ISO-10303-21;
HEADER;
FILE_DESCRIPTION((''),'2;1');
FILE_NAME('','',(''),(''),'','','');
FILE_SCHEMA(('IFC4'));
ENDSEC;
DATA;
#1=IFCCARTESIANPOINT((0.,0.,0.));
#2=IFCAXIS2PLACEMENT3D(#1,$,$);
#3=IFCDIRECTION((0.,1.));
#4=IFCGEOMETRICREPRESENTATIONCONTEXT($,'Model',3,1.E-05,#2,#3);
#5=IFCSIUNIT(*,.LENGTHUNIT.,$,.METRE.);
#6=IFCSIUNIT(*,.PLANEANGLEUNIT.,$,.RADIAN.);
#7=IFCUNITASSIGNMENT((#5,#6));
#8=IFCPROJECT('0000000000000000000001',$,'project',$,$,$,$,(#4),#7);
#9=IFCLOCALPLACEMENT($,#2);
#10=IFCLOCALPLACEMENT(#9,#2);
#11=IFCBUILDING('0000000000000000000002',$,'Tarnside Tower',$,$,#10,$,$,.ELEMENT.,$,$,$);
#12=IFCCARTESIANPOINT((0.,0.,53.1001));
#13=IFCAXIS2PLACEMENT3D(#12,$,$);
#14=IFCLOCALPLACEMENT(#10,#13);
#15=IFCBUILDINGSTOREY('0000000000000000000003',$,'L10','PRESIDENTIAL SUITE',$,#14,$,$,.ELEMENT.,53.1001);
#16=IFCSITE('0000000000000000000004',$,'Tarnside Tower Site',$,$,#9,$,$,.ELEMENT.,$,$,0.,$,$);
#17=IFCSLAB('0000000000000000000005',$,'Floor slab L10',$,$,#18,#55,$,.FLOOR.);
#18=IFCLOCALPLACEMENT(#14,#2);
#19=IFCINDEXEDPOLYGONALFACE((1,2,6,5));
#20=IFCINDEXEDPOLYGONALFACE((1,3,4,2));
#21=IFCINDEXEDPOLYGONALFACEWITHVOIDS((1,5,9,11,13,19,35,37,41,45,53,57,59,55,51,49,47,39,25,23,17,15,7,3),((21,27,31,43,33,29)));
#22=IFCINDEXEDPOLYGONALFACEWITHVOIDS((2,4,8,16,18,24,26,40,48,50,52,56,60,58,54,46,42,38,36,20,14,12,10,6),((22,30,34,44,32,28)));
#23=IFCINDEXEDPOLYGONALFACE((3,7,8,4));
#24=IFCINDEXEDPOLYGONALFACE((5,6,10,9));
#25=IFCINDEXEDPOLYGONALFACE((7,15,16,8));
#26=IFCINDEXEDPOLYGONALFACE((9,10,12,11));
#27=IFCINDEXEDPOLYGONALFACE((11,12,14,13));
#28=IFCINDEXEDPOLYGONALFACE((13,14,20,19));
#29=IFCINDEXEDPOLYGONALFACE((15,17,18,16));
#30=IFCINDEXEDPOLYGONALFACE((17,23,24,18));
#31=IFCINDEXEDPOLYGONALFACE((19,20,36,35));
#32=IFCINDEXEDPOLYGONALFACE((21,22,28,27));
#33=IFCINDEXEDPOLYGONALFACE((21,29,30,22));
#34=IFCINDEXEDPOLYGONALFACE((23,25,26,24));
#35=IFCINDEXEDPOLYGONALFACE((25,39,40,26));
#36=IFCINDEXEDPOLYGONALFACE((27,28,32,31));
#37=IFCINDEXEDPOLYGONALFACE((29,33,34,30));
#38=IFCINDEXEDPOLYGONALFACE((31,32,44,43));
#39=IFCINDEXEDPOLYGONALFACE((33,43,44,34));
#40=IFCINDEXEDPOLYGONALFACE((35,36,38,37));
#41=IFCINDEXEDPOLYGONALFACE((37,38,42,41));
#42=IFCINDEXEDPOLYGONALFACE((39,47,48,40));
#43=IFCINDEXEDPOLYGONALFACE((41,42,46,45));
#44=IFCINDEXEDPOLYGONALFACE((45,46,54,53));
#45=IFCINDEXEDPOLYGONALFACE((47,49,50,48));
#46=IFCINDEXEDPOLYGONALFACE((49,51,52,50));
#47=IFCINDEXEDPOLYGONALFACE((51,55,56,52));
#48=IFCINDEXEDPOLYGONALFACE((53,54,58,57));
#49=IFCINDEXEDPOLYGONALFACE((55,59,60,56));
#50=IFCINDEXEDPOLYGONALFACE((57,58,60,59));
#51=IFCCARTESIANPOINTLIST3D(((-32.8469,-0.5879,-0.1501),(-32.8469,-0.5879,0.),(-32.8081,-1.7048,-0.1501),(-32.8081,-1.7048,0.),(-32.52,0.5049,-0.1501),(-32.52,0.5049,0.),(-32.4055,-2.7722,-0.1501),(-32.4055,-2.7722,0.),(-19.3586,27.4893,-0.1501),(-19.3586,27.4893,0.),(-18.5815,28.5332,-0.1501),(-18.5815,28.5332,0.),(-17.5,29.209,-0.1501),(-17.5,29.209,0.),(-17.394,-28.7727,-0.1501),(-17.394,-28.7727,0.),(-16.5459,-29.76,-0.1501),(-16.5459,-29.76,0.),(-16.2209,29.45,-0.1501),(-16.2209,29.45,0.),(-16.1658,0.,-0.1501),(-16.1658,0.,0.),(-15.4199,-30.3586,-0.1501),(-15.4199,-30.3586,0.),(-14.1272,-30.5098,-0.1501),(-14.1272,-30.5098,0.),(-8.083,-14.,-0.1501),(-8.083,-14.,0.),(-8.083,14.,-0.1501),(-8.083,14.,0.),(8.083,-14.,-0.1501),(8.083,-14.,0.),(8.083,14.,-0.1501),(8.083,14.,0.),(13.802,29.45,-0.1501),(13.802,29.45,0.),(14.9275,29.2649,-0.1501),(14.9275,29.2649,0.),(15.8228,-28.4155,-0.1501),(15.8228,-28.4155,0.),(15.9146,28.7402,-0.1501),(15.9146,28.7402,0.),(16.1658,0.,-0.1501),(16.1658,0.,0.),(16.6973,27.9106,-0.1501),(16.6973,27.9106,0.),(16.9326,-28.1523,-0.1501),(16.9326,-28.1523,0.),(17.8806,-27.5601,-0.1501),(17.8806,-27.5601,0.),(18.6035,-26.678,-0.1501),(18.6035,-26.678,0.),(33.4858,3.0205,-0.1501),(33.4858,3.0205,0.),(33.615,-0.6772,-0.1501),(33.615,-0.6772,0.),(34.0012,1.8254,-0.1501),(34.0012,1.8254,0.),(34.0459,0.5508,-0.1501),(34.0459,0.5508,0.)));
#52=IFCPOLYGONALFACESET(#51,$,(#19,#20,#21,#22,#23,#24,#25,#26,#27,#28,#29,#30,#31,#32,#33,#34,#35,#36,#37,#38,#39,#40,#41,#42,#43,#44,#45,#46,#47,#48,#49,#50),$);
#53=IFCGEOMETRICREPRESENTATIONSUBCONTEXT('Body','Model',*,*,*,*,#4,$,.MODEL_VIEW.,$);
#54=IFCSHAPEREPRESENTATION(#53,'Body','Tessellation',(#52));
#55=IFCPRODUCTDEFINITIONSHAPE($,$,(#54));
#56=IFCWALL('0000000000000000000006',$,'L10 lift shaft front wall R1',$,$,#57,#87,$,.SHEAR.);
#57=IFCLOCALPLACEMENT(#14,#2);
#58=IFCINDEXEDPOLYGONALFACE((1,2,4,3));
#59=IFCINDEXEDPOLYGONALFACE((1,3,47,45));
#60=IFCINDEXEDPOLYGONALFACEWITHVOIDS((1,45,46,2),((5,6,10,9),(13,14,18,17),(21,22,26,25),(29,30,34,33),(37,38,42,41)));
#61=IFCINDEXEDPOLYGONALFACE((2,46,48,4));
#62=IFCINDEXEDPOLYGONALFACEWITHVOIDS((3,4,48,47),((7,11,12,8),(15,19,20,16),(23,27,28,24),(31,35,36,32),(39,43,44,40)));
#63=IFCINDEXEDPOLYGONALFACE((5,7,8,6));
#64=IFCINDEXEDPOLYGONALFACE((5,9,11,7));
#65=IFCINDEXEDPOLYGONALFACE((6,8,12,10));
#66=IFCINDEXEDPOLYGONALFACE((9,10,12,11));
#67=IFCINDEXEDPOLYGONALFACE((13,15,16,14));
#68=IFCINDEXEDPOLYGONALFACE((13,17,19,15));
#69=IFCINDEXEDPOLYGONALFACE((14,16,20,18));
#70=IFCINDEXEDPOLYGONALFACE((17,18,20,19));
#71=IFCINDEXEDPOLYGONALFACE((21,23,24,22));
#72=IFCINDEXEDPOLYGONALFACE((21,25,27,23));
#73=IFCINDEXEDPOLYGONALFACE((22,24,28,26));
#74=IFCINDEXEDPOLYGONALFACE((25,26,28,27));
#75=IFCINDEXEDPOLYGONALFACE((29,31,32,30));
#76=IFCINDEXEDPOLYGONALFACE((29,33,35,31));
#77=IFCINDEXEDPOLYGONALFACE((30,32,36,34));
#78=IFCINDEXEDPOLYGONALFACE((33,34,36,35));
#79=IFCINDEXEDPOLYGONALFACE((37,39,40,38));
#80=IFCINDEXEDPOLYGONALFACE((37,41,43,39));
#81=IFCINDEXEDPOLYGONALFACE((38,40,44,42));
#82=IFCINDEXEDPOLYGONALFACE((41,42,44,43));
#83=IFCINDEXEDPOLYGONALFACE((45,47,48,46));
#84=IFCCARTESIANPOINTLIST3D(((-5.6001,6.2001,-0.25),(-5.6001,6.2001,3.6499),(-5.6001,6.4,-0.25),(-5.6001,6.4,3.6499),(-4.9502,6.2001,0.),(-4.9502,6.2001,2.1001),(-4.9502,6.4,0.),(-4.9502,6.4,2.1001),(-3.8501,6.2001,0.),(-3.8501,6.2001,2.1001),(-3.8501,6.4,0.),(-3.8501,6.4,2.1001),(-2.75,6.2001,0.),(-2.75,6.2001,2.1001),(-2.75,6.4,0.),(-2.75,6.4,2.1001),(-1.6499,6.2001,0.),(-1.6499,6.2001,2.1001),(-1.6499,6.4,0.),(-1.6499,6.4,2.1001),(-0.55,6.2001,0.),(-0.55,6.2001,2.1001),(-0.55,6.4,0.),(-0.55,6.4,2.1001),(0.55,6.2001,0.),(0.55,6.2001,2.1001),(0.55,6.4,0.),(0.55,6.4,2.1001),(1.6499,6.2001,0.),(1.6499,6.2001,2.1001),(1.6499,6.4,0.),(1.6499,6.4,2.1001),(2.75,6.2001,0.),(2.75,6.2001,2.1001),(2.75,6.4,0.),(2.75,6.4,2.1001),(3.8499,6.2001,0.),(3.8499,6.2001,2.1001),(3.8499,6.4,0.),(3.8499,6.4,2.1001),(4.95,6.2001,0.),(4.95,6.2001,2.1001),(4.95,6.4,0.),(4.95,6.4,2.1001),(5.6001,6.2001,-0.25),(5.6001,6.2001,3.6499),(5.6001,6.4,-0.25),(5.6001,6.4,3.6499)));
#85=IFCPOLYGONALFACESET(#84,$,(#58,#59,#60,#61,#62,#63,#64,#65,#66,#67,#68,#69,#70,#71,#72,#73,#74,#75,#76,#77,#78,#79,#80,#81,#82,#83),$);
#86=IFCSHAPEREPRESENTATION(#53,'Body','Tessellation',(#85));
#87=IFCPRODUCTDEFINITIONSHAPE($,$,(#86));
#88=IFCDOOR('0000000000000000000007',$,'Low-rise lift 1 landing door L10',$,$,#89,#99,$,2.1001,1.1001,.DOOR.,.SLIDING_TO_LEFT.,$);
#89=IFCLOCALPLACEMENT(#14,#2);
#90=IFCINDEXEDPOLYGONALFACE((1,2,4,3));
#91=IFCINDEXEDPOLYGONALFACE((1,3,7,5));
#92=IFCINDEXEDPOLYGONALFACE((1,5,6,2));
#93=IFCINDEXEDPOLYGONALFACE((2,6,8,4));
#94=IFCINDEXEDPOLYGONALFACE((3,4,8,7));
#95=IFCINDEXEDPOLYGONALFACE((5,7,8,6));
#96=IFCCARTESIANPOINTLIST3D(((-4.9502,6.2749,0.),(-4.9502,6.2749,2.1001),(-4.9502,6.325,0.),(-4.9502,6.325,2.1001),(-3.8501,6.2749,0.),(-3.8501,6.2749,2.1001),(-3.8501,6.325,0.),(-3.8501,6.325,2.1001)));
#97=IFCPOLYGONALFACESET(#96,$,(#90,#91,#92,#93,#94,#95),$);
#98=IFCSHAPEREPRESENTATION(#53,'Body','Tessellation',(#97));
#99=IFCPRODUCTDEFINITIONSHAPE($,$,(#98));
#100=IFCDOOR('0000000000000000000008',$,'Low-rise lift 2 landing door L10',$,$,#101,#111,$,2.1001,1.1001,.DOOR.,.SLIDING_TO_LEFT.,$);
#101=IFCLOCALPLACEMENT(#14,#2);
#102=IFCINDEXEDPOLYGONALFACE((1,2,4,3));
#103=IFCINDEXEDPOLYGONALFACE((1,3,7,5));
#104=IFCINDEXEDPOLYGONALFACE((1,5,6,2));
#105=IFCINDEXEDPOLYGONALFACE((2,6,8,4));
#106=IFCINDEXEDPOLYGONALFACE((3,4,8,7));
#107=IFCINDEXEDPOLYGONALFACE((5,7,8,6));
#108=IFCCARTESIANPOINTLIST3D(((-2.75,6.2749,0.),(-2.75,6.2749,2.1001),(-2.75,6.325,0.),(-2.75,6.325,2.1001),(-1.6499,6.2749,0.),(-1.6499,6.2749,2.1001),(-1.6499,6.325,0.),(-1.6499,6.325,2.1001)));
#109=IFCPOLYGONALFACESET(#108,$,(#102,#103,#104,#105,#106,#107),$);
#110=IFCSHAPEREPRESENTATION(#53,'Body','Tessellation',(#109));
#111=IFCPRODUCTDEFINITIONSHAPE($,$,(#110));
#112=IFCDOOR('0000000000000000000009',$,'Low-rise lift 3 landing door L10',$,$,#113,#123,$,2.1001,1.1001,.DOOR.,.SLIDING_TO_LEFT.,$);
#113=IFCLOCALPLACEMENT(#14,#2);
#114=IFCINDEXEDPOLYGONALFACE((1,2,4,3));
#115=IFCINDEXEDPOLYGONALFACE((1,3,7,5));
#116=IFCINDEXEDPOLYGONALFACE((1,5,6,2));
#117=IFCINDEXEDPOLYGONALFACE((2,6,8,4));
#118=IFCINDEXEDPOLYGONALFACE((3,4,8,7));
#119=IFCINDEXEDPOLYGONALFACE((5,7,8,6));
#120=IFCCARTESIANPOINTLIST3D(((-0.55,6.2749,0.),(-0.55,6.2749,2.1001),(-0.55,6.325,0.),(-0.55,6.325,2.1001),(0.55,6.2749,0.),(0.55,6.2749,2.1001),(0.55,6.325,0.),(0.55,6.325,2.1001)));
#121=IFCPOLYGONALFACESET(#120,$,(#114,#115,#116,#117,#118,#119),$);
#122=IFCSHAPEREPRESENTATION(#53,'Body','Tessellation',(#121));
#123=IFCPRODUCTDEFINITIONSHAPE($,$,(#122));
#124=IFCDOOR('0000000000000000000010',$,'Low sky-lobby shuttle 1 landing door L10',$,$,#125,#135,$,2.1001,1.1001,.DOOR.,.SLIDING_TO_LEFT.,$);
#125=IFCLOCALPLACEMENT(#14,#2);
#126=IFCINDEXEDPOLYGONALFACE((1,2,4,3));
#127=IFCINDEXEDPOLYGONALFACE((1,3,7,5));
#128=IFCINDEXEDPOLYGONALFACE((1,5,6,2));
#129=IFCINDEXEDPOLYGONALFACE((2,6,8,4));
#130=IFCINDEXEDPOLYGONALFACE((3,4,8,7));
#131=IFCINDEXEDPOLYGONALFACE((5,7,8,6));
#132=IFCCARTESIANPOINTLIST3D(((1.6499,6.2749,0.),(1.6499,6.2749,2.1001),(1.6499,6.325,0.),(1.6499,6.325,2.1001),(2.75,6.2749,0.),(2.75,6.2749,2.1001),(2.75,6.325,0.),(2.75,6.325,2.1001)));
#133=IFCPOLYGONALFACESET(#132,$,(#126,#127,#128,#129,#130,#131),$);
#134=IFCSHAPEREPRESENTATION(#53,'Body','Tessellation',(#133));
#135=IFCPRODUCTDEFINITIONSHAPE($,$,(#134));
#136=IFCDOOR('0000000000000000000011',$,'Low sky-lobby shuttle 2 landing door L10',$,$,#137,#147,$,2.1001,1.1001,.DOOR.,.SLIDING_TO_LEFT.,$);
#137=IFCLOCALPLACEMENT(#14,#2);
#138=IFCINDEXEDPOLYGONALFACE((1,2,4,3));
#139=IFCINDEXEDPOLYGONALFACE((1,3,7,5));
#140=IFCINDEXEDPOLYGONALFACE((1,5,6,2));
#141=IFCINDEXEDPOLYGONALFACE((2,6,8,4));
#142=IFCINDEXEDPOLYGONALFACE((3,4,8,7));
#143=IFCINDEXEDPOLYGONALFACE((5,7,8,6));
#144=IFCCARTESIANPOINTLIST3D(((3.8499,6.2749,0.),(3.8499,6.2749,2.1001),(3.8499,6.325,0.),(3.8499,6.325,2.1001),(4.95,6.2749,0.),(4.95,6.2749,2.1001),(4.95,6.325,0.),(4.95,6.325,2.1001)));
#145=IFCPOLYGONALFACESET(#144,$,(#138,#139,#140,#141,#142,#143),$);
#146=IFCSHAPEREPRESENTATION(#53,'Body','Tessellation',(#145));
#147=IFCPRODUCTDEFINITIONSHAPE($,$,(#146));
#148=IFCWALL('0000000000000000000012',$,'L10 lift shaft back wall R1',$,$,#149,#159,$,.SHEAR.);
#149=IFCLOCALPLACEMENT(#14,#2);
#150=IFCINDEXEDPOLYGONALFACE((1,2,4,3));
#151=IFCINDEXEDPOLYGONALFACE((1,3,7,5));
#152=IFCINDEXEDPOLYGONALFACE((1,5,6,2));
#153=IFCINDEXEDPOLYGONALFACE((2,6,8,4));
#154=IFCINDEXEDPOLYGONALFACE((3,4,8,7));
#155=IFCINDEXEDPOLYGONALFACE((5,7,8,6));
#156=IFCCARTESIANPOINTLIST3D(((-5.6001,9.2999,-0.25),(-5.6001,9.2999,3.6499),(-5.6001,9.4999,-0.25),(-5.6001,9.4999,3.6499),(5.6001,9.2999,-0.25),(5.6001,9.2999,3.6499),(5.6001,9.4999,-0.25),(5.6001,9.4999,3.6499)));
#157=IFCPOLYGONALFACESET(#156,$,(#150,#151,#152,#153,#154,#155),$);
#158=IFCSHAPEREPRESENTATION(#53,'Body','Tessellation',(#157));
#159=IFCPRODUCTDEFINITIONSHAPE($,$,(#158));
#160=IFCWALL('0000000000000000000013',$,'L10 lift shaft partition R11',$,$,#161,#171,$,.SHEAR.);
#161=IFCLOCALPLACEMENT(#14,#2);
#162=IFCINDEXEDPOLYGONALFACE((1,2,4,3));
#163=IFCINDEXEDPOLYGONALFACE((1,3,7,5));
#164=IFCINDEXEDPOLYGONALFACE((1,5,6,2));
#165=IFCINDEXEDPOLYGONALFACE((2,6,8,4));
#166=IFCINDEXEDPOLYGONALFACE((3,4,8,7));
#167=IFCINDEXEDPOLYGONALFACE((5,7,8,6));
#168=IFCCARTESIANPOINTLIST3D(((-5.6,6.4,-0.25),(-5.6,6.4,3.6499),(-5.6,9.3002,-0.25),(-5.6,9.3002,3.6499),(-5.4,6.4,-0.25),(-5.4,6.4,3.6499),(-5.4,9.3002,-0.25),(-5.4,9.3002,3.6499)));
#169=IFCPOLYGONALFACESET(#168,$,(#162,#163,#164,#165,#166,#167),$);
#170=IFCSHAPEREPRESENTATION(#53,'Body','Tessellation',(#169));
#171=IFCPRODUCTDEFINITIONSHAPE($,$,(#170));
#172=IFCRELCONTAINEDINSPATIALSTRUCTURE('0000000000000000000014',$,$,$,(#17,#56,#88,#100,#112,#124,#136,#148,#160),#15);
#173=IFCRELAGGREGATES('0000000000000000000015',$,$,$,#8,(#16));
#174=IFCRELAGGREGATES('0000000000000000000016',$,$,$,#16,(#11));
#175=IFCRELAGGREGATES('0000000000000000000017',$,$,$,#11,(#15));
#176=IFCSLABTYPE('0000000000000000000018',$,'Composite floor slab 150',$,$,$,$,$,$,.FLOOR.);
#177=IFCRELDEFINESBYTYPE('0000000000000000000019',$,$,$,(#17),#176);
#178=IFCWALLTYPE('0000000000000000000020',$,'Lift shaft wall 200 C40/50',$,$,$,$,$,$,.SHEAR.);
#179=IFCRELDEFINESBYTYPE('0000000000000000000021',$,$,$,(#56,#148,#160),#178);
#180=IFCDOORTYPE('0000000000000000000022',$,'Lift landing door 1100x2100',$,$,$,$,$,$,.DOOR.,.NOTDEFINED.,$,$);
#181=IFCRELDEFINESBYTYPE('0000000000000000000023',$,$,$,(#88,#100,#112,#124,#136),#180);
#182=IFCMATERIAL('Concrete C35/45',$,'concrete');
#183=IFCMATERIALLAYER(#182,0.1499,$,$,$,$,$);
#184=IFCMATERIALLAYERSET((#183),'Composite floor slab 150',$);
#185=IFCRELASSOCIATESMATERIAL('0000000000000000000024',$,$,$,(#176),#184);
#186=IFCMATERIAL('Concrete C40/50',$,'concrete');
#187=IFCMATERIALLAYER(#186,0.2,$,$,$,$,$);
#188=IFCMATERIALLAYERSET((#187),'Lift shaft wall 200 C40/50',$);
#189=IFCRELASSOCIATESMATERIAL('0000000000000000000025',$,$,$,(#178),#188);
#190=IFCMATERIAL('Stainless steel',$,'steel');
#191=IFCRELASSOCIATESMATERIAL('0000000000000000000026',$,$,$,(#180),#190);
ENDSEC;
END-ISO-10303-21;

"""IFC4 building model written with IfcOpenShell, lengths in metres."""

from ifc_helpers import new_model, si_unit, direction, frame, frame_2d, origin, place, context, subcontext, project, spatial, polyline, rectangle, outline, extrude, material, layer, layer_set, type_object, element, fill, save


model = new_model("IFC4")

# Units and contexts
model_context = context("Model", 3, precision=1e-05, world=origin(), true_north=direction((0.0, 1.0)))
body_context = subcontext(model_context, "Body", "Model", "MODEL_VIEW")
ifc_project = project(units=[si_unit("LENGTHUNIT", "METRE"), si_unit("PLANEANGLEUNIT", "RADIAN")], contexts=[model_context])

# Site, building, storey
site_placement = place(None, origin())
site = spatial("IfcSite", under=ifc_project, at=site_placement, Name="Tarnside Tower Site", CompositionType="ELEMENT", RefElevation=0.0)
building_placement = place(site_placement, origin())
building = spatial("IfcBuilding", under=site, at=building_placement, Name="Tarnside Tower", CompositionType="ELEMENT")
storey_placement = place(building_placement, frame((0.0, 0.0, 53.1001)))
storey = spatial("IfcBuildingStorey", under=building, at=storey_placement, Name="L10", Description="PRESIDENTIAL SUITE", CompositionType="ELEMENT", Elevation=53.1001)

# Slab
ifc_material_1 = material(Name="Concrete C35/45", Category="concrete")
ifc_layer_1 = layer(ifc_material_1, 0.1499)
ifc_layer_set_1 = layer_set([ifc_layer_1], Name="Composite floor slab 150")
slab_type = type_object("IfcSlabType", Name="Composite floor slab 150", PredefinedType="FLOOR", material=ifc_layer_set_1)
slab_placement = place(storey_placement, frame((0.0, 0.0, -0.1501)))
element("IfcSlab", 1, at=slab_placement, inside=storey, type_object=slab_type, Name="Floor slab L10", PredefinedType="FLOOR", context=body_context, shape_type="SweptSolid", body=[
    extrude(outline(polyline([(14.9275, 29.2649), (15.9146, 28.7402), (16.6973, 27.9106), (33.4858, 3.0205), (34.0012, 1.8254), (34.0459, 0.5508), (33.615, -0.6772), (18.6035, -26.678), (17.8806, -27.5601), (16.9326, -28.1523), (15.8228, -28.4155), (-14.1272, -30.5098), (-15.4199, -30.3586), (-16.5459, -29.76), (-17.394, -28.7727), (-32.4055, -2.7722), (-32.8081, -1.7048), (-32.8469, -0.5879), (-32.52, 0.5049), (-19.3586, 27.4893), (-18.5815, 28.5332), (-17.5, 29.209), (-16.2209, 29.45), (13.802, 29.45), (14.9275, 29.2649)]), holes=[polyline([(-16.1658, 0.0), (-8.083, -14.0), (8.083, -14.0), (16.1658, 0.0), (8.083, 14.0), (-8.083, 14.0), (-16.1658, 0.0)])]), origin(), (0.0, 0.0, 1.0), 0.1501),
])

# Wall, openings, doors
ifc_material_2 = material(Name="Concrete C40/50", Category="concrete")
ifc_layer_2 = layer(ifc_material_2, 0.2)
ifc_layer_set_2 = layer_set([ifc_layer_2], Name="Lift shaft wall 200 C40/50")
wall_type = type_object("IfcWallType", Name="Lift shaft wall 200 C40/50", PredefinedType="SHEAR", material=ifc_layer_set_2)
wall_1_placement = place(storey_placement, frame((-5.6001, 6.3, -0.25), z_axis=(0.0, 0.0, 1.0), x_axis=(1.0, 0.0, 0.0)))
wall_1 = element("IfcWall", 2, at=wall_1_placement, inside=storey, type_object=wall_type, Name="L10 lift shaft front wall R1", PredefinedType="SHEAR", context=body_context, shape_type="SweptSolid", body=[
    extrude(rectangle(XDim=11.2002, YDim=0.2, at=frame_2d((5.6001, 0.0))), origin(), (0.0, 0.0, 1.0), 3.8999),
])
opening_1_placement = place(wall_1_placement, frame((0.6499, 0.0, 0.25)))
opening_1 = element("IfcOpeningElement", 3, at=opening_1_placement, cuts=wall_1, PredefinedType="OPENING", context=body_context, shape_type="SweptSolid", body=[
    extrude(rectangle(XDim=1.1001, YDim=2.1001, at=frame_2d((0.55, 1.05))), frame((0.0, 0.1099, 0.0), z_axis=(0.0, -1.0, 0.0), x_axis=(1.0, 0.0, 0.0)), (0.0, 0.0, 1.0), 0.22),
])
opening_2_placement = place(wall_1_placement, frame((2.8501, 0.0, 0.25)))
opening_2 = element("IfcOpeningElement", 4, at=opening_2_placement, cuts=wall_1, PredefinedType="OPENING", context=body_context, shape_type="SweptSolid", body=[
    extrude(rectangle(XDim=1.1001, YDim=2.1001, at=frame_2d((0.55, 1.05))), frame((0.0, 0.1099, 0.0), z_axis=(0.0, -1.0, 0.0), x_axis=(1.0, 0.0, 0.0)), (0.0, 0.0, 1.0), 0.22),
])
opening_3_placement = place(wall_1_placement, frame((5.05, 0.0, 0.25)))
opening_3 = element("IfcOpeningElement", 5, at=opening_3_placement, cuts=wall_1, PredefinedType="OPENING", context=body_context, shape_type="SweptSolid", body=[
    extrude(rectangle(XDim=1.1001, YDim=2.1001, at=frame_2d((0.55, 1.05))), frame((0.0, 0.1099, 0.0), z_axis=(0.0, -1.0, 0.0), x_axis=(1.0, 0.0, 0.0)), (0.0, 0.0, 1.0), 0.22),
])
opening_4_placement = place(wall_1_placement, frame((7.25, 0.0, 0.25)))
opening_4 = element("IfcOpeningElement", 6, at=opening_4_placement, cuts=wall_1, PredefinedType="OPENING", context=body_context, shape_type="SweptSolid", body=[
    extrude(rectangle(XDim=1.1001, YDim=2.1001, at=frame_2d((0.55, 1.05))), frame((0.0, 0.1099, 0.0), z_axis=(0.0, -1.0, 0.0), x_axis=(1.0, 0.0, 0.0)), (0.0, 0.0, 1.0), 0.22),
])
opening_5_placement = place(wall_1_placement, frame((9.45, 0.0, 0.25)))
opening_5 = element("IfcOpeningElement", 7, at=opening_5_placement, cuts=wall_1, PredefinedType="OPENING", context=body_context, shape_type="SweptSolid", body=[
    extrude(rectangle(XDim=1.1001, YDim=2.1001, at=frame_2d((0.55, 1.05))), frame((0.0, 0.1099, 0.0), z_axis=(0.0, -1.0, 0.0), x_axis=(1.0, 0.0, 0.0)), (0.0, 0.0, 1.0), 0.22),
])
ifc_material_3 = material(Name="Stainless steel", Category="steel")
door_type = type_object("IfcDoorType", Name="Lift landing door 1100x2100", OperationType="NOTDEFINED", PredefinedType="DOOR", material=ifc_material_3)
door_1_placement = place(opening_1_placement, origin())
door_1 = element("IfcDoor", 8, at=door_1_placement, inside=storey, type_object=door_type, Name="Low-rise lift 1 landing door L10", OperationType="SLIDING_TO_LEFT", OverallHeight=2.1001, OverallWidth=1.1001, PredefinedType="DOOR", context=body_context, shape_type="SweptSolid", body=[
    extrude(rectangle(XDim=1.1001, YDim=2.1001, at=frame_2d((0.55, 1.05))), frame((0.0, 0.0249, 0.0), z_axis=(0.0, -1.0, 0.0), x_axis=(1.0, 0.0, 0.0)), (0.0, 0.0, 1.0), 0.05),
])
fill(opening_1, door_1)
door_2_placement = place(opening_2_placement, origin())
door_2 = element("IfcDoor", 9, at=door_2_placement, inside=storey, type_object=door_type, Name="Low-rise lift 2 landing door L10", OperationType="SLIDING_TO_LEFT", OverallHeight=2.1001, OverallWidth=1.1001, PredefinedType="DOOR", context=body_context, shape_type="SweptSolid", body=[
    extrude(rectangle(XDim=1.1001, YDim=2.1001, at=frame_2d((0.55, 1.05))), frame((0.0, 0.0249, 0.0), z_axis=(0.0, -1.0, 0.0), x_axis=(1.0, 0.0, 0.0)), (0.0, 0.0, 1.0), 0.05),
])
fill(opening_2, door_2)
door_3_placement = place(opening_3_placement, origin())
door_3 = element("IfcDoor", 10, at=door_3_placement, inside=storey, type_object=door_type, Name="Low-rise lift 3 landing door L10", OperationType="SLIDING_TO_LEFT", OverallHeight=2.1001, OverallWidth=1.1001, PredefinedType="DOOR", context=body_context, shape_type="SweptSolid", body=[
    extrude(rectangle(XDim=1.1001, YDim=2.1001, at=frame_2d((0.55, 1.05))), frame((0.0, 0.0249, 0.0), z_axis=(0.0, -1.0, 0.0), x_axis=(1.0, 0.0, 0.0)), (0.0, 0.0, 1.0), 0.05),
])
fill(opening_3, door_3)
door_4_placement = place(opening_4_placement, origin())
door_4 = element("IfcDoor", 11, at=door_4_placement, inside=storey, type_object=door_type, Name="Low sky-lobby shuttle 1 landing door L10", OperationType="SLIDING_TO_LEFT", OverallHeight=2.1001, OverallWidth=1.1001, PredefinedType="DOOR", context=body_context, shape_type="SweptSolid", body=[
    extrude(rectangle(XDim=1.1001, YDim=2.1001, at=frame_2d((0.55, 1.05))), frame((0.0, 0.0249, 0.0), z_axis=(0.0, -1.0, 0.0), x_axis=(1.0, 0.0, 0.0)), (0.0, 0.0, 1.0), 0.05),
])
fill(opening_4, door_4)
door_5_placement = place(opening_5_placement, origin())
door_5 = element("IfcDoor", 12, at=door_5_placement, inside=storey, type_object=door_type, Name="Low sky-lobby shuttle 2 landing door L10", OperationType="SLIDING_TO_LEFT", OverallHeight=2.1001, OverallWidth=1.1001, PredefinedType="DOOR", context=body_context, shape_type="SweptSolid", body=[
    extrude(rectangle(XDim=1.1001, YDim=2.1001, at=frame_2d((0.55, 1.05))), frame((0.0, 0.0249, 0.0), z_axis=(0.0, -1.0, 0.0), x_axis=(1.0, 0.0, 0.0)), (0.0, 0.0, 1.0), 0.05),
])
fill(opening_5, door_5)

# Walls
wall_2_placement = place(storey_placement, frame((-5.6001, 9.3999, -0.25), z_axis=(0.0, 0.0, 1.0), x_axis=(1.0, 0.0, 0.0)))
element("IfcWall", 13, at=wall_2_placement, inside=storey, type_object=wall_type, Name="L10 lift shaft back wall R1", PredefinedType="SHEAR", context=body_context, shape_type="SweptSolid", body=[
    extrude(rectangle(XDim=11.2002, YDim=0.2, at=frame_2d((5.6001, 0.0))), origin(), (0.0, 0.0, 1.0), 3.8999),
])
for number, where, z_axis, x_axis, name in (
    (14, (-5.5, 6.3999, -0.25), (0.0, 0.0, 1.0), (0.0, 1.0, 0.0), "L10 lift shaft partition R11"),
):
    element("IfcWall", number, at=place(storey_placement, frame(where, z_axis=z_axis, x_axis=x_axis)), inside=storey, type_object=wall_type, Name=name, PredefinedType="SHEAR", context=body_context, shape_type="SweptSolid", body=[
        extrude(rectangle(XDim=2.9001, YDim=0.2, at=frame_2d((1.4502, 0.0))), origin(), (0.0, 0.0, 1.0), 3.8999),
    ])

save(model, "model.ifc")
